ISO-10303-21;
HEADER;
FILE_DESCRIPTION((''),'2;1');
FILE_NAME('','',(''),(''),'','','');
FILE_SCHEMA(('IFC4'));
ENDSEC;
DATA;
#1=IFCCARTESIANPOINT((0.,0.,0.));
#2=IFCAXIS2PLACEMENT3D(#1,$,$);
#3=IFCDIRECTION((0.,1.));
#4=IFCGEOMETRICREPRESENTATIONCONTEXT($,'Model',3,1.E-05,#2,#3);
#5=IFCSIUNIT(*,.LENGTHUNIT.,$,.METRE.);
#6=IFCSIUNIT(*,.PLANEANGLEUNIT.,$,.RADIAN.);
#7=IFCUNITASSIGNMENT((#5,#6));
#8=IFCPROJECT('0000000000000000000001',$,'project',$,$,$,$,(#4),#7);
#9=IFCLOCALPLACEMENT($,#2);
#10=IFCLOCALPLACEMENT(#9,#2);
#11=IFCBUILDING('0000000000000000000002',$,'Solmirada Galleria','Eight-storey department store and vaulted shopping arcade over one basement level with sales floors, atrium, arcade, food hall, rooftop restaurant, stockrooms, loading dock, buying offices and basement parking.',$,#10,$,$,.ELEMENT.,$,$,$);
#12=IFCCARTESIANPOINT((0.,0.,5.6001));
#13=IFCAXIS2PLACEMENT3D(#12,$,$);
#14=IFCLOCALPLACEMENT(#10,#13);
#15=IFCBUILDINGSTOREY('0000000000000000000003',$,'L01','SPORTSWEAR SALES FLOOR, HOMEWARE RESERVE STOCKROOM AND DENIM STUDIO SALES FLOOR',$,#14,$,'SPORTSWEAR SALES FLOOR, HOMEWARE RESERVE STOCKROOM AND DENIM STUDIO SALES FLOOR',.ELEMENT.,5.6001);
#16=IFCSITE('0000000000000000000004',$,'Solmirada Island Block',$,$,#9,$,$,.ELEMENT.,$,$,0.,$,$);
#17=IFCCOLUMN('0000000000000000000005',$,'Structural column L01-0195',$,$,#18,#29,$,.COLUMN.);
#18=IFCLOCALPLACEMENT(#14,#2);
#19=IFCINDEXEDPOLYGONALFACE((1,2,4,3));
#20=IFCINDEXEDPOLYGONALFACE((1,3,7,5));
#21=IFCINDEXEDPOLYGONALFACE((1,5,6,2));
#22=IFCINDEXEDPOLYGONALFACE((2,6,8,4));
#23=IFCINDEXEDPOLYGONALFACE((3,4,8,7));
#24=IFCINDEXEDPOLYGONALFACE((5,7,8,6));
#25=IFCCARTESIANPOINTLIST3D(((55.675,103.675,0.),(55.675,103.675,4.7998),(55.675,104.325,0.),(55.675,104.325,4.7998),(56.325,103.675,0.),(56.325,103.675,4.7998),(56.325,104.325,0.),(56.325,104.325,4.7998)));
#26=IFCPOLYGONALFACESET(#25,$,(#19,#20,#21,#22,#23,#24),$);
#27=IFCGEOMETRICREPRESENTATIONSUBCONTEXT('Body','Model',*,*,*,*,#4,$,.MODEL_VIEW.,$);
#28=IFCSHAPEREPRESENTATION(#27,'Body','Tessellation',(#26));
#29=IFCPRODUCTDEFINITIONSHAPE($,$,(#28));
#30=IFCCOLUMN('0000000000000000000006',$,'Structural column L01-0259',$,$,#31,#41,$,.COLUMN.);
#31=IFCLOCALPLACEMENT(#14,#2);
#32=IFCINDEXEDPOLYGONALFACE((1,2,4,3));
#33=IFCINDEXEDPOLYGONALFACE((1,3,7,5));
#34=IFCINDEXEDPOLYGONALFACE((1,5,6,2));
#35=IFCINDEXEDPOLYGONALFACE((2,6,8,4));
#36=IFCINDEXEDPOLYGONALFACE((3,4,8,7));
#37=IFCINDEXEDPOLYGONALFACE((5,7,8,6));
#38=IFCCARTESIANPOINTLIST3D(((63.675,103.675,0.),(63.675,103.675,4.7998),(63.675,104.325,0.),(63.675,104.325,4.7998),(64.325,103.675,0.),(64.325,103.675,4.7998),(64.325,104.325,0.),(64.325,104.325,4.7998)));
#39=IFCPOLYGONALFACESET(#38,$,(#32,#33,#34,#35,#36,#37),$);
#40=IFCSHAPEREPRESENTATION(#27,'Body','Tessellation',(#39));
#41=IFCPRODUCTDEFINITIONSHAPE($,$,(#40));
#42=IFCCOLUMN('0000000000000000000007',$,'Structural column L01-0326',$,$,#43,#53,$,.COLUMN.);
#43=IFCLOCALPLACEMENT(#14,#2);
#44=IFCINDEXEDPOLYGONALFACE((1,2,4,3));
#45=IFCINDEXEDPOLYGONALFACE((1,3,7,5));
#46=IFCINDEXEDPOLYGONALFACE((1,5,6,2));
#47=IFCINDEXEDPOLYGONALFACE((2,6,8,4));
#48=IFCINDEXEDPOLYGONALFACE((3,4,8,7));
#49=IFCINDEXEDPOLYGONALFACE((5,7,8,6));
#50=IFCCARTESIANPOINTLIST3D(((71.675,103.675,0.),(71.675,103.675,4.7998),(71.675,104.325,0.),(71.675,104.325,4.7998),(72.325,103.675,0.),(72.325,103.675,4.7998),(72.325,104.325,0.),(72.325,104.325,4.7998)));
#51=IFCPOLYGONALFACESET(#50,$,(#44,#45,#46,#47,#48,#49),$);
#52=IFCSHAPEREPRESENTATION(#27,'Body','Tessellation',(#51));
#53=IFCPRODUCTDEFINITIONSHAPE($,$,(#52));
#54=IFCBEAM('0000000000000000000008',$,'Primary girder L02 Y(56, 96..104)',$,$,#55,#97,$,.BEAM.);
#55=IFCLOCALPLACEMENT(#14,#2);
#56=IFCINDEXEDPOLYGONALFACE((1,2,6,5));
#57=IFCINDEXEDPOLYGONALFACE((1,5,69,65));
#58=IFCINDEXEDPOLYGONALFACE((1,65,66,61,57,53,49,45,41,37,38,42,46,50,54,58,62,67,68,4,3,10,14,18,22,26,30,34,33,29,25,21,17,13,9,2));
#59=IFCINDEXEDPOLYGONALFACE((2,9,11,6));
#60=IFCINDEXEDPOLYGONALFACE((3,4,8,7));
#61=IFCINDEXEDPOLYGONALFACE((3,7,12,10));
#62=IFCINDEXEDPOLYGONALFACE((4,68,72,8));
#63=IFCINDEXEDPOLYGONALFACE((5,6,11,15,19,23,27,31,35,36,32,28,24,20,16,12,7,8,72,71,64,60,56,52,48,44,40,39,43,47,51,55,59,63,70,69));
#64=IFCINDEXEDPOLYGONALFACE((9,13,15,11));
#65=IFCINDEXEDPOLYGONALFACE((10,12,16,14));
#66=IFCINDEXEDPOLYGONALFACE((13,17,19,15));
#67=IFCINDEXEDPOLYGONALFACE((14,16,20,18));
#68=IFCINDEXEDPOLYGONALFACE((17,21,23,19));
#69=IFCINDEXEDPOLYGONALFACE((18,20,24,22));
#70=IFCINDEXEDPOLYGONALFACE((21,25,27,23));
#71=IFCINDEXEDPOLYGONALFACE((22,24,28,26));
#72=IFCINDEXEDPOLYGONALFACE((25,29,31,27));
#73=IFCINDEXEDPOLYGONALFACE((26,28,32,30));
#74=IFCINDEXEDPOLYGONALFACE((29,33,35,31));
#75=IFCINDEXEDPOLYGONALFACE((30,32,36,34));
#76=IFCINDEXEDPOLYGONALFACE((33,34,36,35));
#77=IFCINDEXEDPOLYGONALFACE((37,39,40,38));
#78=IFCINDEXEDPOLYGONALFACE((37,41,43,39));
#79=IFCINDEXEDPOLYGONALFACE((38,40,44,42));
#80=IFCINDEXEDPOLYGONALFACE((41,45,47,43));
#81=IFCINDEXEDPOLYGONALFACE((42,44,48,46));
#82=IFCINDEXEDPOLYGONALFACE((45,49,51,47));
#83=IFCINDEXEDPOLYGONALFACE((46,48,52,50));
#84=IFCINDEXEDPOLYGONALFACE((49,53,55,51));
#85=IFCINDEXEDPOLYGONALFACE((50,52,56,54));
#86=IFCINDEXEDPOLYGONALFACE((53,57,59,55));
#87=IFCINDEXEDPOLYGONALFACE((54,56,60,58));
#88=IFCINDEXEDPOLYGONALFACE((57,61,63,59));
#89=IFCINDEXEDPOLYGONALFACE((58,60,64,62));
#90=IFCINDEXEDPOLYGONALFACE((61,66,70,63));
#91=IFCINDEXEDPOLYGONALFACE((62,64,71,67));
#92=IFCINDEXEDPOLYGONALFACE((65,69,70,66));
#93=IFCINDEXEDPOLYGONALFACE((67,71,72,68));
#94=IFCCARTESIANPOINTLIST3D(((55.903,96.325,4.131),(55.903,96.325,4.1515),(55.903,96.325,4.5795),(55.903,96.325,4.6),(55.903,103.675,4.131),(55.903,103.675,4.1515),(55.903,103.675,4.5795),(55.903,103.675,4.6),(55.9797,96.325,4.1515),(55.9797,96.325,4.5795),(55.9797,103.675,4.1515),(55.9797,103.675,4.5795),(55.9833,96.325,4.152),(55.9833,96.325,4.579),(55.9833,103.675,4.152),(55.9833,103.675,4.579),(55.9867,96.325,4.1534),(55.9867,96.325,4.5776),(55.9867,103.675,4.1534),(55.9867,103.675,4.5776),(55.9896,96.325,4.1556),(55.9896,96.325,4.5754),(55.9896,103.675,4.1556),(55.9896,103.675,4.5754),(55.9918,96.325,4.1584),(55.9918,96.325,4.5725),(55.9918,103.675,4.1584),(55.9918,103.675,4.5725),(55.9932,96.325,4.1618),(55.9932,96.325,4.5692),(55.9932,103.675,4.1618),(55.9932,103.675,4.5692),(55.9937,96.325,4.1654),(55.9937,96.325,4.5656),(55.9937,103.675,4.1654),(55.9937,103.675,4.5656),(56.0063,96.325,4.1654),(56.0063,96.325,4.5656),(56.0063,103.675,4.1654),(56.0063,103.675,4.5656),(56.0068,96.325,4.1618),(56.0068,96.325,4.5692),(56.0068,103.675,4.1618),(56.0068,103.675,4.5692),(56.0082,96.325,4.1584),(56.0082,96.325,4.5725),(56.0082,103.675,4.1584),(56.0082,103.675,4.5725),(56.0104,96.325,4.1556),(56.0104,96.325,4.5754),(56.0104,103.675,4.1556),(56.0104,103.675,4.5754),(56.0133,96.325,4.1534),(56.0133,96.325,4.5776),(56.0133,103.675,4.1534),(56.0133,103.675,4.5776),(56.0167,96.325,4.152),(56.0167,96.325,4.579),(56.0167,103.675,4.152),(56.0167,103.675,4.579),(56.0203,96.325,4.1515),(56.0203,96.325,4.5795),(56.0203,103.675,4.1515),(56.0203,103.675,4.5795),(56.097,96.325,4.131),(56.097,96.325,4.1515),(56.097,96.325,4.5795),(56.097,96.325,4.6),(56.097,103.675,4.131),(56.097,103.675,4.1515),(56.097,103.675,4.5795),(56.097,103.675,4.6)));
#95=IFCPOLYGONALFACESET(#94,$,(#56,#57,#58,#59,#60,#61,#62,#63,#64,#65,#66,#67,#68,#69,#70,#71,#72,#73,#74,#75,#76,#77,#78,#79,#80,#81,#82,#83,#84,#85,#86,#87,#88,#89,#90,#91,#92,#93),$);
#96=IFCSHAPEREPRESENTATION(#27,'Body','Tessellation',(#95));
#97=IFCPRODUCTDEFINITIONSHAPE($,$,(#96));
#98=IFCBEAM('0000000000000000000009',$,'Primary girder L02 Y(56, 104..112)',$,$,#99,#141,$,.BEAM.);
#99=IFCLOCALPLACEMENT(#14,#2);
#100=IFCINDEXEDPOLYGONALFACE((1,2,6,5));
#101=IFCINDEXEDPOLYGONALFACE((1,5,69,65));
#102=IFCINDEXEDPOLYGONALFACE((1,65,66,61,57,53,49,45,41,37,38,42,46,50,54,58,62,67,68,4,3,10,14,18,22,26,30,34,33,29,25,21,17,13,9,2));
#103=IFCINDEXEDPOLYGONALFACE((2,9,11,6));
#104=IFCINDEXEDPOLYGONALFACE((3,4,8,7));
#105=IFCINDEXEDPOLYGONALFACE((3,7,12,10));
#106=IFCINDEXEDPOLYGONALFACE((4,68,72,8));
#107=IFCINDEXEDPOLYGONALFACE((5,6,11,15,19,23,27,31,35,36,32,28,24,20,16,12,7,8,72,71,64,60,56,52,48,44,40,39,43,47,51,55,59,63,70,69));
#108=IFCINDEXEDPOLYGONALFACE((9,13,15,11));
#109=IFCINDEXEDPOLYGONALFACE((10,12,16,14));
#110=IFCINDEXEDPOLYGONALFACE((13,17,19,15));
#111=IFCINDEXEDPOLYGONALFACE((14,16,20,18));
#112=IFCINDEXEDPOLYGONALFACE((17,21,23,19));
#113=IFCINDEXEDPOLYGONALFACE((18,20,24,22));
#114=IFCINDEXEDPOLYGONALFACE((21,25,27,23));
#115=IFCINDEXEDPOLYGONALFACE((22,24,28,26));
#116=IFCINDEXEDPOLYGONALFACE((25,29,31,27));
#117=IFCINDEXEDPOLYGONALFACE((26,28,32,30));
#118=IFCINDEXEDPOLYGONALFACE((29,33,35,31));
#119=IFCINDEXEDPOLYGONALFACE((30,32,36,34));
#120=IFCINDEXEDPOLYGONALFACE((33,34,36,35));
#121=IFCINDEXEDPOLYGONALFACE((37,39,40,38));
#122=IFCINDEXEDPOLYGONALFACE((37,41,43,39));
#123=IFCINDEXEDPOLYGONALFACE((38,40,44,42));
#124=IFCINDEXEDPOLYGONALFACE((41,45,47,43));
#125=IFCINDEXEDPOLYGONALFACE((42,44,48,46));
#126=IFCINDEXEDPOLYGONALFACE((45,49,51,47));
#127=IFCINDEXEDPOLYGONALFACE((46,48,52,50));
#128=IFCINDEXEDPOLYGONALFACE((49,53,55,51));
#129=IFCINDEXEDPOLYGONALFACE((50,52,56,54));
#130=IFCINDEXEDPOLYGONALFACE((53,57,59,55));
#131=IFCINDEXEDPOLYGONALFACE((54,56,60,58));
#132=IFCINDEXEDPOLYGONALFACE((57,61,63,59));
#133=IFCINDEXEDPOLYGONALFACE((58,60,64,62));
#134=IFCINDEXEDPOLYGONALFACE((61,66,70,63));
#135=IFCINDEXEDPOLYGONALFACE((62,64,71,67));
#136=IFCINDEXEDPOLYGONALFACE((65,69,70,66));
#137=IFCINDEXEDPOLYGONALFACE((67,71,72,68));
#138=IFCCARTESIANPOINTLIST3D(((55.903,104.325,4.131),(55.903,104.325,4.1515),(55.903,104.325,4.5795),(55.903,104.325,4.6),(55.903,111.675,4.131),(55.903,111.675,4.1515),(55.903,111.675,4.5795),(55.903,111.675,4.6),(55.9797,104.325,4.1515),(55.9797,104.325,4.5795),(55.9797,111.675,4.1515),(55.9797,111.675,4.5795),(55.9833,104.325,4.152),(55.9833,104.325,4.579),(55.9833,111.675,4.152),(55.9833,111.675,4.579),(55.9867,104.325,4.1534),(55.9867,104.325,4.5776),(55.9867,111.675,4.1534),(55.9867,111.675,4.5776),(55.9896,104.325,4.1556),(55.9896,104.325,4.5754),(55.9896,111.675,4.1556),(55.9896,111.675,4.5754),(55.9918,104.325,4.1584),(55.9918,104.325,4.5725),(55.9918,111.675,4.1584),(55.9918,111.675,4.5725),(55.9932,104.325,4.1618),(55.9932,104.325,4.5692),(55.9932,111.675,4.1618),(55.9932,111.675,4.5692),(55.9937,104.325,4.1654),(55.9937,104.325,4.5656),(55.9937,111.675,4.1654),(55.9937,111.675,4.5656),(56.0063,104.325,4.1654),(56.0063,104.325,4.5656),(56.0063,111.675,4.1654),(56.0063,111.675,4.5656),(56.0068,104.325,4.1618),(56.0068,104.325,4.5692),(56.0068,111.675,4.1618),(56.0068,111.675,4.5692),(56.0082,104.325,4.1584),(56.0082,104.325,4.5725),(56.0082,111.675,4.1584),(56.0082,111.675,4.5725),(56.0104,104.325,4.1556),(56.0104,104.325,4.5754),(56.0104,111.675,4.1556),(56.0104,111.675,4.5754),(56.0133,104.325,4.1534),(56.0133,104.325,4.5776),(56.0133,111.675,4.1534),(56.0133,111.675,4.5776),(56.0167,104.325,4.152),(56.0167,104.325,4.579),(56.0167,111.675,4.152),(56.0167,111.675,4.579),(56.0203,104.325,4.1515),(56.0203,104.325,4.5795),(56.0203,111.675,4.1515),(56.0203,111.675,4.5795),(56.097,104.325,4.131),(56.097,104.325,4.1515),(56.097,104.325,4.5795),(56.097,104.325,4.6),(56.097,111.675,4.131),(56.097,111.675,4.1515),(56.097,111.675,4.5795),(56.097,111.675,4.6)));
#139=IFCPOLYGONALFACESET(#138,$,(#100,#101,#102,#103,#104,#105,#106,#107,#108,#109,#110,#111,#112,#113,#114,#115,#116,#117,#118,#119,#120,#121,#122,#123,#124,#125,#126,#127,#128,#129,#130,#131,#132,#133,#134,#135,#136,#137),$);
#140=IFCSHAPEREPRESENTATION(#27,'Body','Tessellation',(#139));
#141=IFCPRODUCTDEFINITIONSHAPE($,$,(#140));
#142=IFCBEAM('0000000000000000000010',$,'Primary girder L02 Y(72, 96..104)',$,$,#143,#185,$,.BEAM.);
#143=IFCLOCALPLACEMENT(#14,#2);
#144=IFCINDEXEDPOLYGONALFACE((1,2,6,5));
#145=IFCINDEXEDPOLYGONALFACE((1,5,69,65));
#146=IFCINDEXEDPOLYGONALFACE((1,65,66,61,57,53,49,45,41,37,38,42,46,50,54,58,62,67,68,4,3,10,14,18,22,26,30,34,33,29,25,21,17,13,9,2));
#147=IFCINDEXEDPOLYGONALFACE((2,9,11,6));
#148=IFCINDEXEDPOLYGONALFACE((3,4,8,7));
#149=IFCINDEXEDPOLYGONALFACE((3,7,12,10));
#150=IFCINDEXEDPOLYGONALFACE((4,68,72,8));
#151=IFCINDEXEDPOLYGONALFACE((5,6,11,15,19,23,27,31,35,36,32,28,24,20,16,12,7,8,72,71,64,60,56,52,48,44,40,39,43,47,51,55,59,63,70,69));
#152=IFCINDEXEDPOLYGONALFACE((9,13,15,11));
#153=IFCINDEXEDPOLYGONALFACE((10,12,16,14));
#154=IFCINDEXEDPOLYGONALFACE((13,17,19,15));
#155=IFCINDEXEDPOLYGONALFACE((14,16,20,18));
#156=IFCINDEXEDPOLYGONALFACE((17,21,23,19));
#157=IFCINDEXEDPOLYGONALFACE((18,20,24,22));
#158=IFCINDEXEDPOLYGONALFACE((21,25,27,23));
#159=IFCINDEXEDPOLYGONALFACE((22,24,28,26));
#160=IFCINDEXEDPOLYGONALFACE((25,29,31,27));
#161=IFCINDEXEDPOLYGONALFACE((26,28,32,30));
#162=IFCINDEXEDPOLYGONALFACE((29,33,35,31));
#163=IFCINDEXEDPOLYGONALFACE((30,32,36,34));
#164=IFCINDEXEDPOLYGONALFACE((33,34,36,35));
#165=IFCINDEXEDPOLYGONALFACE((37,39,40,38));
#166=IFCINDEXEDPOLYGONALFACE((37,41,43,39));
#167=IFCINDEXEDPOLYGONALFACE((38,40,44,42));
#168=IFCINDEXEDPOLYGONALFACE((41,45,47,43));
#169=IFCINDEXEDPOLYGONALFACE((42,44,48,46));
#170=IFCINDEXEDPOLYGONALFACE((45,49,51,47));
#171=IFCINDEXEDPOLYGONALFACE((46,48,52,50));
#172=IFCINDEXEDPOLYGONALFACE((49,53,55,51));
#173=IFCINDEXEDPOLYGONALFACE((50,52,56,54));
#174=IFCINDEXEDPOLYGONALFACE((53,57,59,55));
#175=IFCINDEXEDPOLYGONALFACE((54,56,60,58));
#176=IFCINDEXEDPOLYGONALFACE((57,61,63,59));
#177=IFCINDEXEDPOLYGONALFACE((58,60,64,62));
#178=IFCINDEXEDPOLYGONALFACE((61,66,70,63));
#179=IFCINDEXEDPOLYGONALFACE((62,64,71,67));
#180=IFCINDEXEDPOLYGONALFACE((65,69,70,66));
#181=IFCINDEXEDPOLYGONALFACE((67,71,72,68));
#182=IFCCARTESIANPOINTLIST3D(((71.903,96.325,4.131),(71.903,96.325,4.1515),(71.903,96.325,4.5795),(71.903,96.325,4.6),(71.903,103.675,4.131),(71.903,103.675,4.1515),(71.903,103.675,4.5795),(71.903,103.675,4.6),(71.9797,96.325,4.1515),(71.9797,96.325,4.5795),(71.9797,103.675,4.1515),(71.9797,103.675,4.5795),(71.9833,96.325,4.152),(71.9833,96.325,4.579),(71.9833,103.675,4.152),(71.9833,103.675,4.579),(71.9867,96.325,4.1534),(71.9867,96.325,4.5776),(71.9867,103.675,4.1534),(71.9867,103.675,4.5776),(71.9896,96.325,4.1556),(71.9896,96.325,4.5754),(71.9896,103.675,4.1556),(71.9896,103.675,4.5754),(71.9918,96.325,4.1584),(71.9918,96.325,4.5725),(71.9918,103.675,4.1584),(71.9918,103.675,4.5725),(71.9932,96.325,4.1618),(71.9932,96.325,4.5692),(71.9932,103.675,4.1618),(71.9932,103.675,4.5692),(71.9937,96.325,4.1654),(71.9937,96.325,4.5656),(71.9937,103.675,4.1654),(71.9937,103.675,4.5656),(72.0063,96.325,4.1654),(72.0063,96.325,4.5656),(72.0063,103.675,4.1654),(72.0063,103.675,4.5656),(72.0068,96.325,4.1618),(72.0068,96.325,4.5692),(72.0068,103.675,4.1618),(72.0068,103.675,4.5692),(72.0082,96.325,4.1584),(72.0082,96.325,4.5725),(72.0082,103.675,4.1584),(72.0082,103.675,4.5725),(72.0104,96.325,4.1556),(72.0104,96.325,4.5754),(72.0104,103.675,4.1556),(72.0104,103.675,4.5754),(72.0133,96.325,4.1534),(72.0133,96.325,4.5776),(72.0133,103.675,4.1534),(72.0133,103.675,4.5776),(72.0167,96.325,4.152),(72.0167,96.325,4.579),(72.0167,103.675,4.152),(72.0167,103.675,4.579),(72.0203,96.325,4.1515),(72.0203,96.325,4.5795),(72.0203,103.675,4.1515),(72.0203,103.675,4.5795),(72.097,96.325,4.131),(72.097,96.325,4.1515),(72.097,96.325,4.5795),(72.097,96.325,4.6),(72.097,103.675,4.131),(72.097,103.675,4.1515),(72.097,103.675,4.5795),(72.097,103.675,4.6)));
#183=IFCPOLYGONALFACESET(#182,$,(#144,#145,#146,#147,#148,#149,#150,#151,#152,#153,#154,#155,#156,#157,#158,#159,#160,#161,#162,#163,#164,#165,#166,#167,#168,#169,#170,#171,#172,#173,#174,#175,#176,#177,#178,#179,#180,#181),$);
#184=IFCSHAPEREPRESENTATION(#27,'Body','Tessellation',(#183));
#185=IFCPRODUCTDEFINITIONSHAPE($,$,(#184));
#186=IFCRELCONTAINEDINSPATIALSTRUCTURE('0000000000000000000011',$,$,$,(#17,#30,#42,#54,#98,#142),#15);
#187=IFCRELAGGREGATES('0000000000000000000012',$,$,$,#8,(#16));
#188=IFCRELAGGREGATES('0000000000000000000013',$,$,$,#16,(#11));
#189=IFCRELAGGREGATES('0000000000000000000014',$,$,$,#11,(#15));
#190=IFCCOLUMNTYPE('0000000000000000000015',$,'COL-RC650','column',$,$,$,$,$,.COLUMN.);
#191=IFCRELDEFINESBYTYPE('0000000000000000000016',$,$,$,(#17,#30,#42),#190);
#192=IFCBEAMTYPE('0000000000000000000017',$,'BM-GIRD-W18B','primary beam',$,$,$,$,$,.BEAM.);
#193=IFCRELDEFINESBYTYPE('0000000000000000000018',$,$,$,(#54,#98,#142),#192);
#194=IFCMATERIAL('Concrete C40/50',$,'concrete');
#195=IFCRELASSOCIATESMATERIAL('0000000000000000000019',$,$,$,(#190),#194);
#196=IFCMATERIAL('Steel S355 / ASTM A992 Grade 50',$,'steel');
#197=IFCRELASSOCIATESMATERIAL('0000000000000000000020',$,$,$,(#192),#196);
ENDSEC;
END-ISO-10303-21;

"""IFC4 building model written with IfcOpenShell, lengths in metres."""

from ifc_helpers import new_model, si_unit, direction, frame, origin, origin_2d, place, context, subcontext, project, spatial, rectangle, i_section, extrude, material, material_profile, profile_set, type_object, element, save


model = new_model("IFC4")

# Units and contexts
model_context = context("Model", 3, precision=1e-05, world=origin(), true_north=direction((0.0, 1.0)))
body_context = subcontext(model_context, "Body", "Model", "MODEL_VIEW")
ifc_project = project(units=[si_unit("LENGTHUNIT", "METRE"), si_unit("PLANEANGLEUNIT", "RADIAN")], contexts=[model_context])

# Site, building, storey
site_placement = place(None, origin())
site = spatial("IfcSite", under=ifc_project, at=site_placement, Name="Solmirada Island Block", CompositionType="ELEMENT", RefElevation=0.0)
building_placement = place(site_placement, origin())
building = spatial("IfcBuilding", under=site, at=building_placement, Name="Solmirada Galleria", Description="Eight-storey department store and vaulted shopping arcade over one basement level with sales floors, atrium, arcade, food hall, rooftop restaurant, stockrooms, loading dock, buying offices and basement parking.", CompositionType="ELEMENT")
storey_placement = place(building_placement, frame((0.0, 0.0, 5.6001)))
storey = spatial("IfcBuildingStorey", under=building, at=storey_placement, Name="L01", Description="SPORTSWEAR SALES FLOOR, HOMEWARE RESERVE STOCKROOM AND DENIM STUDIO SALES FLOOR", LongName="SPORTSWEAR SALES FLOOR, HOMEWARE RESERVE STOCKROOM AND DENIM STUDIO SALES FLOOR", CompositionType="ELEMENT", Elevation=5.6001)

# Columns
ifc_material_1 = material(Name="Concrete C40/50", Category="concrete")
ifc_material_profile_1 = material_profile(ifc_material_1, rectangle(XDim=0.6499, YDim=0.6499, at=origin_2d()), Name="RC650X650")
ifc_profile_set_1 = profile_set([ifc_material_profile_1], Name="Concrete C40/50")
column_type = type_object("IfcColumnType", Name="COL-RC650", Description="column", PredefinedType="COLUMN", material=ifc_profile_set_1)
for number, where, z_axis, x_axis, name in (
    (1, (56.0, 104.0, 0.0), (0.0, 0.0, 1.0), (1.0, 0.0, 0.0), "Structural column L01-0195"),
    (2, (64.0, 104.0, 0.0), (0.0, 0.0, 1.0), (1.0, 0.0, 0.0), "Structural column L01-0259"),
    (3, (72.0, 104.0, 0.0), (0.0, 0.0, 1.0), (1.0, 0.0, 0.0), "Structural column L01-0326"),
):
    element("IfcColumn", number, at=place(storey_placement, frame(where, z_axis=z_axis, x_axis=x_axis)), inside=storey, type_object=column_type, Name=name, PredefinedType="COLUMN", context=body_context, shape_type="SweptSolid", body=[
        extrude(rectangle(XDim=0.6499, YDim=0.6499, at=origin_2d()), origin(), (0.0, 0.0, 1.0), 4.7998),
    ])

# Beams
ifc_material_2 = material(Name="Steel S355 / ASTM A992 Grade 50", Category="steel")
ifc_material_profile_2 = material_profile(ifc_material_2, i_section(OverallWidth=0.1941, OverallDepth=0.469, WebThickness=0.0127, FlangeThickness=0.0205, FilletRadius=0.0139, at=origin_2d()), Name="W18X71")
ifc_profile_set_2 = profile_set([ifc_material_profile_2], Name="Steel S355 / ASTM A992 Grade 50")
beam_type_1 = type_object("IfcBeamType", Name="BM-GIRD-W18B", Description="primary beam", PredefinedType="BEAM", material=ifc_profile_set_2)
for number, where, z_axis, x_axis, name in (
    (4, (56.0, 96.325, 4.3655), (0.0, 1.0, 0.0), (-1.0, 0.0, 0.0), "Primary girder L02 Y(56, 96..104)"),
    (5, (56.0, 104.325, 4.3655), (0.0, 1.0, 0.0), (-1.0, 0.0, 0.0), "Primary girder L02 Y(56, 104..112)"),
    (6, (72.0, 96.325, 4.3655), (0.0, 1.0, 0.0), (-1.0, 0.0, 0.0), "Primary girder L02 Y(72, 96..104)"),
):
    element("IfcBeam", number, at=place(storey_placement, frame(where, z_axis=z_axis, x_axis=x_axis)), inside=storey, type_object=beam_type_1, Name=name, PredefinedType="BEAM", context=body_context, shape_type="SweptSolid", body=[
        extrude(i_section(OverallWidth=0.1941, OverallDepth=0.469, WebThickness=0.0127, FlangeThickness=0.0205, FilletRadius=0.0139, at=origin_2d()), origin(), (0.0, 0.0, 1.0), 7.3501),
    ])

save(model, "model.ifc")
